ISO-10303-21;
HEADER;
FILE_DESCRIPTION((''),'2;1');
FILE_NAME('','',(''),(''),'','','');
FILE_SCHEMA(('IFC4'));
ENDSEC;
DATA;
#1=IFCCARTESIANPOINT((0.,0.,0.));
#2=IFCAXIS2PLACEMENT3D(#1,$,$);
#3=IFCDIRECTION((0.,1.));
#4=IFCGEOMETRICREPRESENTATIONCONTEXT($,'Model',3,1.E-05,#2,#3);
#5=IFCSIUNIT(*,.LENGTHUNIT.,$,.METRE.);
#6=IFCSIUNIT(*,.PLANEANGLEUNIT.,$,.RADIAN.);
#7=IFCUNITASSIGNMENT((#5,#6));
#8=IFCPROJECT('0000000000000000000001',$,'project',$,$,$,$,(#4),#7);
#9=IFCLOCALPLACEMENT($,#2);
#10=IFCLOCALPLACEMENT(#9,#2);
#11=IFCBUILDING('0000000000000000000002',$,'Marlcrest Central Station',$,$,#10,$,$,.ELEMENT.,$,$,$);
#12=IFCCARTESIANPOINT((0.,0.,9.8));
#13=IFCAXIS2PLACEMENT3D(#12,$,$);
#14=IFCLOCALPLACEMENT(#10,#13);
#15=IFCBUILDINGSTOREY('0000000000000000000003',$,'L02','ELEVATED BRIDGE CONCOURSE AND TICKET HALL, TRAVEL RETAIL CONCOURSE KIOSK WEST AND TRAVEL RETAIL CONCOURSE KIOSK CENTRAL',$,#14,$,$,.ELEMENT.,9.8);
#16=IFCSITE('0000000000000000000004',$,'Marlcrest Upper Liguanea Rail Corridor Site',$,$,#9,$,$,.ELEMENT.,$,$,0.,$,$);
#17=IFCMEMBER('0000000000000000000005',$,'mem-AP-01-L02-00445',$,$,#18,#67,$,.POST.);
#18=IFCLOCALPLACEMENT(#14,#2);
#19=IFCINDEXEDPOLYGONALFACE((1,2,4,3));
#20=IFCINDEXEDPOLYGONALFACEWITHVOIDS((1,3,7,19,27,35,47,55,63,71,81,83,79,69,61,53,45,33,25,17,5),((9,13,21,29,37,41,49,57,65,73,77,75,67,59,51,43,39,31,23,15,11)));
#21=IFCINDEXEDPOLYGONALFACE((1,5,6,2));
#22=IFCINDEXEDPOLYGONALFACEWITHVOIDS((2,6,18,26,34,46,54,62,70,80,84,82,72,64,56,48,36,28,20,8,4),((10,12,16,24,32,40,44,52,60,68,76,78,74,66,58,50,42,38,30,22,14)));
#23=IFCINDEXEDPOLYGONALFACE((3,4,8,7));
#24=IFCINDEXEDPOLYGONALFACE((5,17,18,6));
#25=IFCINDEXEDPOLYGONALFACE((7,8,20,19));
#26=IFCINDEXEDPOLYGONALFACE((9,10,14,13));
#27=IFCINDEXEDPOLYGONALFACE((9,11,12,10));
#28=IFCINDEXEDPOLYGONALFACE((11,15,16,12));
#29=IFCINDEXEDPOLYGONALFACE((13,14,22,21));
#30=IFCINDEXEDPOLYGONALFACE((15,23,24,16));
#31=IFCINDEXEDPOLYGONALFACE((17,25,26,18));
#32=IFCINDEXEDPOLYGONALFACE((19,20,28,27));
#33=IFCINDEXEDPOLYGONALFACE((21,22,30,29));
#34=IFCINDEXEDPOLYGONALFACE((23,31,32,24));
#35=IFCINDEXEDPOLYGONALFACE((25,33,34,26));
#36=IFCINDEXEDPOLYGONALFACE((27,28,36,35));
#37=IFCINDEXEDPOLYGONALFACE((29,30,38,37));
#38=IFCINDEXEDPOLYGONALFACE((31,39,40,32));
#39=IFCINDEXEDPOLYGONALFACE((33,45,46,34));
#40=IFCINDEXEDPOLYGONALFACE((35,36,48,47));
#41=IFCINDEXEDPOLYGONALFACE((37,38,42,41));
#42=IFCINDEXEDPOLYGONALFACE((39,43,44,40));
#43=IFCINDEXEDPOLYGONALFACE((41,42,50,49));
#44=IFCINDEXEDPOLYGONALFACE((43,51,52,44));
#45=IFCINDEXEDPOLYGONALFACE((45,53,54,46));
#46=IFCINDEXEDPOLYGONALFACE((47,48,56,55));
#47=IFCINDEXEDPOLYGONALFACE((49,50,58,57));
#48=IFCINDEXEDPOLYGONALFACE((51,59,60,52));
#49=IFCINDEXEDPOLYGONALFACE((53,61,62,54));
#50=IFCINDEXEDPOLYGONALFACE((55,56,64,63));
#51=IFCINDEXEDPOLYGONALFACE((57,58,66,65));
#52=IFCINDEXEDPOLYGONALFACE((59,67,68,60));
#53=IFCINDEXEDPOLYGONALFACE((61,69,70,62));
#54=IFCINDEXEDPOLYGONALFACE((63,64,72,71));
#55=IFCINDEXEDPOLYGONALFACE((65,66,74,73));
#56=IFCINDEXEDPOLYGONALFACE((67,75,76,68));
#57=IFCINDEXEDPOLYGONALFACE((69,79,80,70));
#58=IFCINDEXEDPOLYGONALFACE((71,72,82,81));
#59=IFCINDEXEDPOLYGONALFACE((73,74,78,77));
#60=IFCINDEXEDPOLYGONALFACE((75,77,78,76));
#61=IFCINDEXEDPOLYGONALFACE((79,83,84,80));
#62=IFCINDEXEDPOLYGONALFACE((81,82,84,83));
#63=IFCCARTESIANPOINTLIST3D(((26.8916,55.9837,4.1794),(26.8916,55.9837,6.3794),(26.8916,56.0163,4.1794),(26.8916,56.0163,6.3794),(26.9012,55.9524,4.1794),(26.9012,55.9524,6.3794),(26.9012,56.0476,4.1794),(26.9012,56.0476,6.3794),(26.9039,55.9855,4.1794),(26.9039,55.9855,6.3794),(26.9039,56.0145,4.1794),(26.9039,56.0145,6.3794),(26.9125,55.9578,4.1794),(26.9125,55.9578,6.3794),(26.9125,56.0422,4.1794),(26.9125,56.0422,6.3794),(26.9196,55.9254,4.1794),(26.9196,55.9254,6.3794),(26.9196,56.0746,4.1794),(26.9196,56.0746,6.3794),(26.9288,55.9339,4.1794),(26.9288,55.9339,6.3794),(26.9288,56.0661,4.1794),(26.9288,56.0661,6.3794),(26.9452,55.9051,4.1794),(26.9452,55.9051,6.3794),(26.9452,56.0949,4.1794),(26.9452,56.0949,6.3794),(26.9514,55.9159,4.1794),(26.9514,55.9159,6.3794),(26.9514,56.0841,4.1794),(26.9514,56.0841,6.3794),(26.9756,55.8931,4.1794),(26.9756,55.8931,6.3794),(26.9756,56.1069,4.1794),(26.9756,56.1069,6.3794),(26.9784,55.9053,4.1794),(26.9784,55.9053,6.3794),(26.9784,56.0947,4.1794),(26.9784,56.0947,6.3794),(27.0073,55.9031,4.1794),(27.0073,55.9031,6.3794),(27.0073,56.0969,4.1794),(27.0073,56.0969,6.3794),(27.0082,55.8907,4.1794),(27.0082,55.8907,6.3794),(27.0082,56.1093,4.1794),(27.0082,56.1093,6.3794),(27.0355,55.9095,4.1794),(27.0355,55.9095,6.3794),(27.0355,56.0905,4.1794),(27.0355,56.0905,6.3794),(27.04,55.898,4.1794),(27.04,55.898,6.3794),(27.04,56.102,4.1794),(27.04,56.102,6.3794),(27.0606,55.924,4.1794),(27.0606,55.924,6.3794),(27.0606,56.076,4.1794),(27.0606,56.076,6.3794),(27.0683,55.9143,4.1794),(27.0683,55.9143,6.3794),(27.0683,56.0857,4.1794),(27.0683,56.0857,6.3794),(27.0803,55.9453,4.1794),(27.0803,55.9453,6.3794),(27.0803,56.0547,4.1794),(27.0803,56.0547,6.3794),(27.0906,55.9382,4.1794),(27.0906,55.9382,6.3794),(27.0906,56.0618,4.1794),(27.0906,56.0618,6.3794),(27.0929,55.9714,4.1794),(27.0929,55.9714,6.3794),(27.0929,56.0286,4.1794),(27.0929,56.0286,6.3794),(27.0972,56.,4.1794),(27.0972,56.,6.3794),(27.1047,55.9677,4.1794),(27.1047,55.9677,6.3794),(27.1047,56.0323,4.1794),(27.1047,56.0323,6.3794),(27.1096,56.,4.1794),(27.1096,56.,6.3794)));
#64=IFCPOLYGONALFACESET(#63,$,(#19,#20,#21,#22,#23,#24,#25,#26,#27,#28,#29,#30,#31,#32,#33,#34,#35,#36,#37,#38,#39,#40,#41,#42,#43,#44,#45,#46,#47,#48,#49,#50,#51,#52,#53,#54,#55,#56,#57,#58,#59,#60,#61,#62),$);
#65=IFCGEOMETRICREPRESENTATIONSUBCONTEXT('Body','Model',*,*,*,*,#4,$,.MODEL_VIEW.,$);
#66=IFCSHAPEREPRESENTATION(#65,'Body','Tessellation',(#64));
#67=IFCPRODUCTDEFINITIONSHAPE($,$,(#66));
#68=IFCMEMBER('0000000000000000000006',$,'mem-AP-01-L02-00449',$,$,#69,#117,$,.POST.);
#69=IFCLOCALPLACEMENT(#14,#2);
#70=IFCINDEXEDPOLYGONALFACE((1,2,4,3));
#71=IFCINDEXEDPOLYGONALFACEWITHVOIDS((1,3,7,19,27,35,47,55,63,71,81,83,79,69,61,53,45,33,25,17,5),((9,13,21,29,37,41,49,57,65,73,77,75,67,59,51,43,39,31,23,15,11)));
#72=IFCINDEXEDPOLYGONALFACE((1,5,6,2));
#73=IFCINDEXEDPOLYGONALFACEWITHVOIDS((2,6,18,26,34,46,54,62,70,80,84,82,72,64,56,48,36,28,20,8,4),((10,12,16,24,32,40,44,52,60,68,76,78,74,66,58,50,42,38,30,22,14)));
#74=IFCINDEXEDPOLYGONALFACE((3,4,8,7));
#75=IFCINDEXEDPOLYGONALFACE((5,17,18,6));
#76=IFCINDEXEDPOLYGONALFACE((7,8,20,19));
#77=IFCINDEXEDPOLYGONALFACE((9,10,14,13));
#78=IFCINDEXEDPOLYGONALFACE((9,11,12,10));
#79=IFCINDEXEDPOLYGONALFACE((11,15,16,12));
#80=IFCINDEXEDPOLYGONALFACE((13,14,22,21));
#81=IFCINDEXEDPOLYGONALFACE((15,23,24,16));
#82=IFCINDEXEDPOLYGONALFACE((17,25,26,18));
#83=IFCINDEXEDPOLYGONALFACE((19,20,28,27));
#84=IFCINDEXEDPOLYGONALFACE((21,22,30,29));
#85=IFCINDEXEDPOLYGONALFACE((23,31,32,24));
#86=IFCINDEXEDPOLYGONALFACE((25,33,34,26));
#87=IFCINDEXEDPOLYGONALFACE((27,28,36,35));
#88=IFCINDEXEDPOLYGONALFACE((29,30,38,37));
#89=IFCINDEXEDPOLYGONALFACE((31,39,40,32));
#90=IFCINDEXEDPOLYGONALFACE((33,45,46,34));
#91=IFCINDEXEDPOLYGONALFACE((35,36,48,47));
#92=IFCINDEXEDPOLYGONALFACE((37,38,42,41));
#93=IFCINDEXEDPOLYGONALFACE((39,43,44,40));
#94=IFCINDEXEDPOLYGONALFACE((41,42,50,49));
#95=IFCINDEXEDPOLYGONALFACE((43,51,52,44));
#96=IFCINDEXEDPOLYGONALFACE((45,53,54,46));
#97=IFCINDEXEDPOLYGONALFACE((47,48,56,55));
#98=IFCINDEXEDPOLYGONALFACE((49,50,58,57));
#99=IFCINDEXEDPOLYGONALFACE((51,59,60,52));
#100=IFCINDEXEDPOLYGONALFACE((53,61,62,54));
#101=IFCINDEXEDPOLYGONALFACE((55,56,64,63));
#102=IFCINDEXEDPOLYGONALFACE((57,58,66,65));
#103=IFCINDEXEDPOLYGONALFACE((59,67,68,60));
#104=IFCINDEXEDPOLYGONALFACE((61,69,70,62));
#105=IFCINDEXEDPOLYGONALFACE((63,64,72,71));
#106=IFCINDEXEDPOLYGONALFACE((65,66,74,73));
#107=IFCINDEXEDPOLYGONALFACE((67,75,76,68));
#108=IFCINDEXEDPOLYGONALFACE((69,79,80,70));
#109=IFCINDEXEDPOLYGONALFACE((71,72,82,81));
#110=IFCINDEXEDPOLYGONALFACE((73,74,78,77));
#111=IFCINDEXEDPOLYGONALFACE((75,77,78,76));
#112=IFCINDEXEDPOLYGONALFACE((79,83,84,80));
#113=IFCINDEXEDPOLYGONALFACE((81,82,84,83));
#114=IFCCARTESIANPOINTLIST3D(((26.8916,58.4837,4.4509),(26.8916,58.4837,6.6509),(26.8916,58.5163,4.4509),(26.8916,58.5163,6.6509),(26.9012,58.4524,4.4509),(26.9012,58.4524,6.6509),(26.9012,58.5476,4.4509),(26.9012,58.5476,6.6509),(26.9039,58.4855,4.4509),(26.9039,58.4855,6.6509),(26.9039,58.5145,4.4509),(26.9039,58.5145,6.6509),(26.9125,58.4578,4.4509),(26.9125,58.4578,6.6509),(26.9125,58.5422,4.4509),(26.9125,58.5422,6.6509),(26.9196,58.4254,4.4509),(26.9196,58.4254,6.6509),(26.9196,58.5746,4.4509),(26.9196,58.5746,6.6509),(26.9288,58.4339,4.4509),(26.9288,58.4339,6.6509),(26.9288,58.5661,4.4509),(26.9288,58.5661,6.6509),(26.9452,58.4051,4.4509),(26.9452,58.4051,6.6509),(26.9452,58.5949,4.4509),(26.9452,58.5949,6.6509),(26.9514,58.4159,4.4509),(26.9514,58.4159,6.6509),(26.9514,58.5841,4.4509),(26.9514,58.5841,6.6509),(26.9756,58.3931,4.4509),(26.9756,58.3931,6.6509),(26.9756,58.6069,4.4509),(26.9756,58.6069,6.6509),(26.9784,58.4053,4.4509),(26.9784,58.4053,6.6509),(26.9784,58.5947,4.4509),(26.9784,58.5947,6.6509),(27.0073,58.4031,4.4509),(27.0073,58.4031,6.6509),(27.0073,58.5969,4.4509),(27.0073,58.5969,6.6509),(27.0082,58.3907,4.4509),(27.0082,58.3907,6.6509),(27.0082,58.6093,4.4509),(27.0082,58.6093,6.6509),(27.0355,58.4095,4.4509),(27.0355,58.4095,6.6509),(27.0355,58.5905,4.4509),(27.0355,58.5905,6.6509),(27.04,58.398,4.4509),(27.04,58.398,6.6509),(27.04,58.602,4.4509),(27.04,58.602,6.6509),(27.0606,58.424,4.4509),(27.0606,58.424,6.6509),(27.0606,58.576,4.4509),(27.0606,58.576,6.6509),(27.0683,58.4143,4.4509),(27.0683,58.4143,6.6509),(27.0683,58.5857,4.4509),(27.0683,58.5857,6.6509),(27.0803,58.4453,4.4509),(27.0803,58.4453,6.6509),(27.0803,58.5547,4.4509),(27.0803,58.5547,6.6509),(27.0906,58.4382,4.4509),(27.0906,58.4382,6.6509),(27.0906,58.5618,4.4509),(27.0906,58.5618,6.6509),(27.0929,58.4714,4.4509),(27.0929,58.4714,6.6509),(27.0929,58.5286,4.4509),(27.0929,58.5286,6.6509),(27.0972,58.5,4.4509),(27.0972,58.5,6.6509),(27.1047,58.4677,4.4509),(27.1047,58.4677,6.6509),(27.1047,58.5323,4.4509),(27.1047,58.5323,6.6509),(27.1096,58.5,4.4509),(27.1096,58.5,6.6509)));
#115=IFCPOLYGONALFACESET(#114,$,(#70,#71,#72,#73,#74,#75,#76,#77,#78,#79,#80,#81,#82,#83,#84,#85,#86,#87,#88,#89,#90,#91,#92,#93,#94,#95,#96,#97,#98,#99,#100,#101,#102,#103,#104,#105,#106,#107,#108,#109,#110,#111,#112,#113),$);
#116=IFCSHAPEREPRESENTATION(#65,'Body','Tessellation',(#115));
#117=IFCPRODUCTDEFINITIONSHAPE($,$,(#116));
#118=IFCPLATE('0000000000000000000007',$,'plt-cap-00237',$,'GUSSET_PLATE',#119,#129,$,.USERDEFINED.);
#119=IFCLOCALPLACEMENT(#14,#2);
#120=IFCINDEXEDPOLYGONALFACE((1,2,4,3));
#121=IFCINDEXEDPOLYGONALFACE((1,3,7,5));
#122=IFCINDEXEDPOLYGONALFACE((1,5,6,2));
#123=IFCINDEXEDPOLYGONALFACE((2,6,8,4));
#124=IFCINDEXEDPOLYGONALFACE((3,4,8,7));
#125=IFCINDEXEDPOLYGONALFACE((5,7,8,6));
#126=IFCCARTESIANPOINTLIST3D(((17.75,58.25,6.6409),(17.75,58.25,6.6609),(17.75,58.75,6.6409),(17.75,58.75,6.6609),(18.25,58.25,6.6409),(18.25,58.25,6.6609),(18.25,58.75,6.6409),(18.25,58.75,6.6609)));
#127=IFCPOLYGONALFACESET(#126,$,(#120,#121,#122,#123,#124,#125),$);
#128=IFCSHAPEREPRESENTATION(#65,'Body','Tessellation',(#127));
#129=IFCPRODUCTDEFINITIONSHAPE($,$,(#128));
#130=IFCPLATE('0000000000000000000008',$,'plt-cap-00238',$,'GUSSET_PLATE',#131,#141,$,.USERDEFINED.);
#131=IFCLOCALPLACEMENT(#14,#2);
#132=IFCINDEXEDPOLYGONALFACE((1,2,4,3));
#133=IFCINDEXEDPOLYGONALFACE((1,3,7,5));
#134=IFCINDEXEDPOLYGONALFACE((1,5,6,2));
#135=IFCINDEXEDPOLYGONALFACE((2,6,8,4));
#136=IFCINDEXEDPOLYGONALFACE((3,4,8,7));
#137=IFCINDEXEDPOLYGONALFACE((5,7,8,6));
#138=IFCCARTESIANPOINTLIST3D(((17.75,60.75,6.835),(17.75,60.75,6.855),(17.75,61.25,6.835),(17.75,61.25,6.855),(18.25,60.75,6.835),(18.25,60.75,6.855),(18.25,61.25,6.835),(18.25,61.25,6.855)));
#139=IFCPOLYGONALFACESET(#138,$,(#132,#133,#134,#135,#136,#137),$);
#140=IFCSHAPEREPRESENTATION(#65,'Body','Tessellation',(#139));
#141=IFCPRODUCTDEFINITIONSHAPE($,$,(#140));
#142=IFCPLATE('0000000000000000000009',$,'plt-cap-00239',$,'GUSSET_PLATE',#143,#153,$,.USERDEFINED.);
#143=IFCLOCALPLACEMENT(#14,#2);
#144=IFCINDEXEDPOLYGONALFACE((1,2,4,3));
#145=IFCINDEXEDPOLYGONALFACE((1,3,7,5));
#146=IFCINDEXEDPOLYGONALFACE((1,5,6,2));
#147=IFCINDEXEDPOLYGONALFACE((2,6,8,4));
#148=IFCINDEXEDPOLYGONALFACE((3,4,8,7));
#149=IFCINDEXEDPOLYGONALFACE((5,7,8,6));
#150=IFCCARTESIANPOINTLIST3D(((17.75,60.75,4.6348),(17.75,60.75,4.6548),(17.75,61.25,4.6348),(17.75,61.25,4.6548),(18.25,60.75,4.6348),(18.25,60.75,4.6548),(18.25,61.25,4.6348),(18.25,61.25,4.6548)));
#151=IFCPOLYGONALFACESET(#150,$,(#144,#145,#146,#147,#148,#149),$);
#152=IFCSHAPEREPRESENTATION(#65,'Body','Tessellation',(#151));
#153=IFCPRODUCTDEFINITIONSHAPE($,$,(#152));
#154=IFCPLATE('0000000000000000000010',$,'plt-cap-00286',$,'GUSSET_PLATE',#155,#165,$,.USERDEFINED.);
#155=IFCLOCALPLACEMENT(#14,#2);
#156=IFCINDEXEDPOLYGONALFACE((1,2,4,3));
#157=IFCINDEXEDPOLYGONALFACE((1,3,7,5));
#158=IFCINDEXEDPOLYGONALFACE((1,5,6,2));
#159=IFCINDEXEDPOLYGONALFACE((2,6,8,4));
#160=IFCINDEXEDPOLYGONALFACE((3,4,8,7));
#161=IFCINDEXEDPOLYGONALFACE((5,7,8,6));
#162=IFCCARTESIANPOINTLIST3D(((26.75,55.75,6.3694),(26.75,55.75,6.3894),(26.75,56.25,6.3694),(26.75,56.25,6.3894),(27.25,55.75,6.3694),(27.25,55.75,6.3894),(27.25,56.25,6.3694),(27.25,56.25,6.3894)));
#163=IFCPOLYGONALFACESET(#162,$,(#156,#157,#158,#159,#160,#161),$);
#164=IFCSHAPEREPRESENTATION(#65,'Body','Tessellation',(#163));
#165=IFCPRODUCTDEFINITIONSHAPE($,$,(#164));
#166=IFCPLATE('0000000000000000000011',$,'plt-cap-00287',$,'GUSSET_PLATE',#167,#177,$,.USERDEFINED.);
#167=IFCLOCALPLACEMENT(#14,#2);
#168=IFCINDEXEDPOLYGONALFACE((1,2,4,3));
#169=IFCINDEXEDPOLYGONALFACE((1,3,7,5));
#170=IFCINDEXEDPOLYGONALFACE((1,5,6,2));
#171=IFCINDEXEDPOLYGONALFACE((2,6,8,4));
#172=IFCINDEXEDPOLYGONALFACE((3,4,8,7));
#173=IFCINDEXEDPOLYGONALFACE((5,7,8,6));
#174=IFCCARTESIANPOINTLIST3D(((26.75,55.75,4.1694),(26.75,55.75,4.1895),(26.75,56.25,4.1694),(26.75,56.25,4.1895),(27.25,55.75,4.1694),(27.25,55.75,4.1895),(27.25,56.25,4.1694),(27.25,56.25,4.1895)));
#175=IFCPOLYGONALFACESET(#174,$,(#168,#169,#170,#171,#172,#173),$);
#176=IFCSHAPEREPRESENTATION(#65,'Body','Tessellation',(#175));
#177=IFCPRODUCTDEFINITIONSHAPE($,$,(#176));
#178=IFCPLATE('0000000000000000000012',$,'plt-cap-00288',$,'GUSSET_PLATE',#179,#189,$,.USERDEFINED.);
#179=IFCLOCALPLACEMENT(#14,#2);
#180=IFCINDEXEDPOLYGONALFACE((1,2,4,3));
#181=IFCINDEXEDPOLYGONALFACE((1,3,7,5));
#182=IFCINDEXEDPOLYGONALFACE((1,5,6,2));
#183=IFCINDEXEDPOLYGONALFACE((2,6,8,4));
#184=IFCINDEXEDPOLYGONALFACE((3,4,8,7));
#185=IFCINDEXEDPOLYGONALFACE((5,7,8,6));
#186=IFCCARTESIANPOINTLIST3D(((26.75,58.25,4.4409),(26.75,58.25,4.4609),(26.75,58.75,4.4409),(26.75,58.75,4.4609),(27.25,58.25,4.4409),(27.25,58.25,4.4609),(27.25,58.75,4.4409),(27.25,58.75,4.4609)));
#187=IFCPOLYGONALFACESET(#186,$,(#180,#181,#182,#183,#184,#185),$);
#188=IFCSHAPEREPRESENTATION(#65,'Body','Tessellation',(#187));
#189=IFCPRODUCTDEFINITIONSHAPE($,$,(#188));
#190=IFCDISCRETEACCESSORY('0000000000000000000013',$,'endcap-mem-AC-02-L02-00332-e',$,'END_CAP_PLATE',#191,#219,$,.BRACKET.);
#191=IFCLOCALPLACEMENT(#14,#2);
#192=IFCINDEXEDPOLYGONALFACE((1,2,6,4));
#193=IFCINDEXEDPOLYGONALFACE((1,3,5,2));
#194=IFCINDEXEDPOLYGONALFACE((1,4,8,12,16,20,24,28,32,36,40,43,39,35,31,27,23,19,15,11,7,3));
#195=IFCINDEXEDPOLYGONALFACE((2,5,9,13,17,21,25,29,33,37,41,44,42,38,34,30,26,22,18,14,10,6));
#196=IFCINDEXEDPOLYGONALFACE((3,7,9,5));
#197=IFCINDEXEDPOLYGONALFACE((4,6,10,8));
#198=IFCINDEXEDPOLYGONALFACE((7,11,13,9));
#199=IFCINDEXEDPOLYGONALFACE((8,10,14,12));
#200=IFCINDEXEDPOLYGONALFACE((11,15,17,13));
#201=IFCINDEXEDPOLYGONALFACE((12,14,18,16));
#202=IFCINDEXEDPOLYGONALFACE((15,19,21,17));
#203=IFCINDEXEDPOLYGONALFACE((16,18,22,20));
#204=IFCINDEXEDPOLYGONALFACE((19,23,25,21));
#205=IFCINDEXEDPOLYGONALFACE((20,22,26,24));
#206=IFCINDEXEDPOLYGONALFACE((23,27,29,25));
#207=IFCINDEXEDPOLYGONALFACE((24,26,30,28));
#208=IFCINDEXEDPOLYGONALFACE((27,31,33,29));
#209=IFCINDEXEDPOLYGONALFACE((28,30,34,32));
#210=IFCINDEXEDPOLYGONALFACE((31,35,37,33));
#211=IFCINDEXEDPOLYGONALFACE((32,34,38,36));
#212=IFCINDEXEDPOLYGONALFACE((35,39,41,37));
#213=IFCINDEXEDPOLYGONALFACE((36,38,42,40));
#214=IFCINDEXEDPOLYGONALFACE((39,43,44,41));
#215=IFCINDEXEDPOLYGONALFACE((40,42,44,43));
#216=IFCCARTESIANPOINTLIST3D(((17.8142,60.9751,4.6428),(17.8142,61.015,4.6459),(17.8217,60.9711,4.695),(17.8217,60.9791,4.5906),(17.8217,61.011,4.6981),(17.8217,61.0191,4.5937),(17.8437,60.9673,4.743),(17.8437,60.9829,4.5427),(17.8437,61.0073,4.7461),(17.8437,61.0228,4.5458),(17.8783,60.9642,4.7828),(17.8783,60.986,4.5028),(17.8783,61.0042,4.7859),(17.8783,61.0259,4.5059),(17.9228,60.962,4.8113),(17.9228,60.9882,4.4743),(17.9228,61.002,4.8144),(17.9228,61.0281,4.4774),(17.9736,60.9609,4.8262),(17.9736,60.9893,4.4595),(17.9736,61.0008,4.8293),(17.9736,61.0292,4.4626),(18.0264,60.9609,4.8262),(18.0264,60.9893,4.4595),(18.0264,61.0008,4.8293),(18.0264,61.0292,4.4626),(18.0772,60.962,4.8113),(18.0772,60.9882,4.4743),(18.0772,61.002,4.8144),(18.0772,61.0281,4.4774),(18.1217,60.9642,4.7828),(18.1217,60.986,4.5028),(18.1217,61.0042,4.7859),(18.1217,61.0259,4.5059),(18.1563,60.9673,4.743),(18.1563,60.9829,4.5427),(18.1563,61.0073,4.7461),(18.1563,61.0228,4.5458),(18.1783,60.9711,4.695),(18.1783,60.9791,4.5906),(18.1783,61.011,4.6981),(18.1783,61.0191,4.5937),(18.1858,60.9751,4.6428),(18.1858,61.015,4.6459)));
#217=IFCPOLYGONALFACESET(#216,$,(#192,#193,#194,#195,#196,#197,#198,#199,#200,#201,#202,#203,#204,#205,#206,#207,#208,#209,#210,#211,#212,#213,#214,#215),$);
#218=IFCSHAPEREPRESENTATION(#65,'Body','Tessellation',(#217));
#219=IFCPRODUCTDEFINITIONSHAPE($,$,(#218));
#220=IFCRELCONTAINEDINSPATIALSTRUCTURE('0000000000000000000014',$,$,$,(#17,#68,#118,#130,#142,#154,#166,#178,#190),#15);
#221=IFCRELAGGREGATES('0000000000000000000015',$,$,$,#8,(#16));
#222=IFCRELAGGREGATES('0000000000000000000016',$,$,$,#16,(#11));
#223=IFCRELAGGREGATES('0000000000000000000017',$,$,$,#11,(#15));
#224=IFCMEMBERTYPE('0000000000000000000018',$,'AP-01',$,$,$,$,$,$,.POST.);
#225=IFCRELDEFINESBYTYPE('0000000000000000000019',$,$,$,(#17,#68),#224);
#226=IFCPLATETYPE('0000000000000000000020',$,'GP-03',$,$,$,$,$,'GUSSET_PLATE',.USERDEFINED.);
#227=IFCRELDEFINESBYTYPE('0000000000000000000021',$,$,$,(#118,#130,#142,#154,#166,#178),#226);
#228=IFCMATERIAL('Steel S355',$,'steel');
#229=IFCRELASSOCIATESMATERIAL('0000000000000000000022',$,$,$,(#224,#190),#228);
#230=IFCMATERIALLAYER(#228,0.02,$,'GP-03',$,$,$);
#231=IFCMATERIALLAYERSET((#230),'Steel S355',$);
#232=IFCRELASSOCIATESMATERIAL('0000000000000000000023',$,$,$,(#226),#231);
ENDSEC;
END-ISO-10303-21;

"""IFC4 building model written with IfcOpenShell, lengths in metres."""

from ifc_helpers import new_model, si_unit, direction, frame, origin, origin_2d, place, context, subcontext, project, spatial, rectangle, circle, hollow_circle, extrude, material, layer, layer_set, material_profile, profile_set, type_object, element, save


model = new_model("IFC4")

# Units and contexts
model_context = context("Model", 3, precision=1e-05, world=origin(), true_north=direction((0.0, 1.0)))
body_context = subcontext(model_context, "Body", "Model", "MODEL_VIEW")
ifc_project = project(units=[si_unit("LENGTHUNIT", "METRE"), si_unit("PLANEANGLEUNIT", "RADIAN")], contexts=[model_context])

# Site, building, storey
site_placement = place(None, origin())
site = spatial("IfcSite", under=ifc_project, at=site_placement, Name="Marlcrest Upper Liguanea Rail Corridor Site", CompositionType="ELEMENT", RefElevation=0.0)
building_placement = place(site_placement, origin())
building = spatial("IfcBuilding", under=site, at=building_placement, Name="Marlcrest Central Station", CompositionType="ELEMENT")
storey_placement = place(building_placement, frame((0.0, 0.0, 9.8)))
storey = spatial("IfcBuildingStorey", under=building, at=storey_placement, Name="L02", Description="ELEVATED BRIDGE CONCOURSE AND TICKET HALL, TRAVEL RETAIL CONCOURSE KIOSK WEST AND TRAVEL RETAIL CONCOURSE KIOSK CENTRAL", CompositionType="ELEMENT", Elevation=9.8)

# Members
ifc_material = material(Name="Steel S355", Category="steel")
ifc_material_profile_1 = material_profile(ifc_material, hollow_circle(Radius=0.1096, WallThickness=0.0125, at=origin_2d()), Name="CHS 219.1x12.5")
ifc_profile_set_1 = profile_set([ifc_material_profile_1], Name="Steel S355")
member_type_1 = type_object("IfcMemberType", Name="AP-01", PredefinedType="POST", material=ifc_profile_set_1)
for number, where, z_axis, x_axis, name in (
    (1, (27.0, 56.0, 4.1794), (0.0, 0.0, 1.0), (1.0, 0.0, 0.0), "mem-AP-01-L02-00445"),
    (2, (27.0, 58.5, 4.4509), (0.0, 0.0, 1.0), (1.0, 0.0, 0.0), "mem-AP-01-L02-00449"),
):
    element("IfcMember", number, at=place(storey_placement, frame(where, z_axis=z_axis, x_axis=x_axis)), inside=storey, type_object=member_type_1, Name=name, PredefinedType="POST", context=body_context, shape_type="SweptSolid", body=[
        extrude(hollow_circle(Radius=0.1096, WallThickness=0.0125, at=origin_2d()), origin(), (0.0, 0.0, 1.0), 2.2),
    ])

# Plates
ifc_layer = layer(ifc_material, 0.02, Name="GP-03")
ifc_layer_set = layer_set([ifc_layer], Name="Steel S355")
plate_type = type_object("IfcPlateType", Name="GP-03", ElementType="GUSSET_PLATE", PredefinedType="USERDEFINED", material=ifc_layer_set)
for number, where, z_axis, x_axis, name in (
    (3, (18.0, 58.5, 6.6409), (0.0, 0.0, 1.0), (1.0, 0.0, 0.0), "plt-cap-00237"),
    (4, (18.0, 61.0, 6.835), (0.0, 0.0, 1.0), (1.0, 0.0, 0.0), "plt-cap-00238"),
    (5, (18.0, 61.0, 4.6348), (0.0, 0.0, 1.0), (1.0, 0.0, 0.0), "plt-cap-00239"),
    (6, (27.0, 56.0, 6.3694), (0.0, 0.0, 1.0), (1.0, 0.0, 0.0), "plt-cap-00286"),
    (7, (27.0, 56.0, 4.1694), (0.0, 0.0, 1.0), (1.0, 0.0, 0.0), "plt-cap-00287"),
    (8, (27.0, 58.5, 4.4409), (0.0, 0.0, 1.0), (1.0, 0.0, 0.0), "plt-cap-00288"),
):
    element("IfcPlate", number, at=place(storey_placement, frame(where, z_axis=z_axis, x_axis=x_axis)), inside=storey, type_object=plate_type, Name=name, ObjectType="GUSSET_PLATE", PredefinedType="USERDEFINED", context=body_context, shape_type="SweptSolid", body=[
        extrude(rectangle(XDim=0.5, YDim=0.5, at=origin_2d()), origin(), (0.0, 0.0, 1.0), 0.02),
    ])

# Discrete accessory
discrete_accessory_1_placement = place(storey_placement, frame((18.0, 60.9751, 4.6428), z_axis=(0.0, 0.997007, 0.077307), x_axis=(-1.0, 0.0, 0.0)))
element("IfcDiscreteAccessory", 9, at=discrete_accessory_1_placement, inside=storey, material=ifc_material, Name="endcap-mem-AC-02-L02-00332-e", ObjectType="END_CAP_PLATE", PredefinedType="BRACKET", context=body_context, shape_type="SweptSolid", body=[
    extrude(circle(Radius=0.1858, at=origin_2d()), origin(), (0.0, 0.0, 1.0), 0.04),
])

save(model, "model.ifc")
